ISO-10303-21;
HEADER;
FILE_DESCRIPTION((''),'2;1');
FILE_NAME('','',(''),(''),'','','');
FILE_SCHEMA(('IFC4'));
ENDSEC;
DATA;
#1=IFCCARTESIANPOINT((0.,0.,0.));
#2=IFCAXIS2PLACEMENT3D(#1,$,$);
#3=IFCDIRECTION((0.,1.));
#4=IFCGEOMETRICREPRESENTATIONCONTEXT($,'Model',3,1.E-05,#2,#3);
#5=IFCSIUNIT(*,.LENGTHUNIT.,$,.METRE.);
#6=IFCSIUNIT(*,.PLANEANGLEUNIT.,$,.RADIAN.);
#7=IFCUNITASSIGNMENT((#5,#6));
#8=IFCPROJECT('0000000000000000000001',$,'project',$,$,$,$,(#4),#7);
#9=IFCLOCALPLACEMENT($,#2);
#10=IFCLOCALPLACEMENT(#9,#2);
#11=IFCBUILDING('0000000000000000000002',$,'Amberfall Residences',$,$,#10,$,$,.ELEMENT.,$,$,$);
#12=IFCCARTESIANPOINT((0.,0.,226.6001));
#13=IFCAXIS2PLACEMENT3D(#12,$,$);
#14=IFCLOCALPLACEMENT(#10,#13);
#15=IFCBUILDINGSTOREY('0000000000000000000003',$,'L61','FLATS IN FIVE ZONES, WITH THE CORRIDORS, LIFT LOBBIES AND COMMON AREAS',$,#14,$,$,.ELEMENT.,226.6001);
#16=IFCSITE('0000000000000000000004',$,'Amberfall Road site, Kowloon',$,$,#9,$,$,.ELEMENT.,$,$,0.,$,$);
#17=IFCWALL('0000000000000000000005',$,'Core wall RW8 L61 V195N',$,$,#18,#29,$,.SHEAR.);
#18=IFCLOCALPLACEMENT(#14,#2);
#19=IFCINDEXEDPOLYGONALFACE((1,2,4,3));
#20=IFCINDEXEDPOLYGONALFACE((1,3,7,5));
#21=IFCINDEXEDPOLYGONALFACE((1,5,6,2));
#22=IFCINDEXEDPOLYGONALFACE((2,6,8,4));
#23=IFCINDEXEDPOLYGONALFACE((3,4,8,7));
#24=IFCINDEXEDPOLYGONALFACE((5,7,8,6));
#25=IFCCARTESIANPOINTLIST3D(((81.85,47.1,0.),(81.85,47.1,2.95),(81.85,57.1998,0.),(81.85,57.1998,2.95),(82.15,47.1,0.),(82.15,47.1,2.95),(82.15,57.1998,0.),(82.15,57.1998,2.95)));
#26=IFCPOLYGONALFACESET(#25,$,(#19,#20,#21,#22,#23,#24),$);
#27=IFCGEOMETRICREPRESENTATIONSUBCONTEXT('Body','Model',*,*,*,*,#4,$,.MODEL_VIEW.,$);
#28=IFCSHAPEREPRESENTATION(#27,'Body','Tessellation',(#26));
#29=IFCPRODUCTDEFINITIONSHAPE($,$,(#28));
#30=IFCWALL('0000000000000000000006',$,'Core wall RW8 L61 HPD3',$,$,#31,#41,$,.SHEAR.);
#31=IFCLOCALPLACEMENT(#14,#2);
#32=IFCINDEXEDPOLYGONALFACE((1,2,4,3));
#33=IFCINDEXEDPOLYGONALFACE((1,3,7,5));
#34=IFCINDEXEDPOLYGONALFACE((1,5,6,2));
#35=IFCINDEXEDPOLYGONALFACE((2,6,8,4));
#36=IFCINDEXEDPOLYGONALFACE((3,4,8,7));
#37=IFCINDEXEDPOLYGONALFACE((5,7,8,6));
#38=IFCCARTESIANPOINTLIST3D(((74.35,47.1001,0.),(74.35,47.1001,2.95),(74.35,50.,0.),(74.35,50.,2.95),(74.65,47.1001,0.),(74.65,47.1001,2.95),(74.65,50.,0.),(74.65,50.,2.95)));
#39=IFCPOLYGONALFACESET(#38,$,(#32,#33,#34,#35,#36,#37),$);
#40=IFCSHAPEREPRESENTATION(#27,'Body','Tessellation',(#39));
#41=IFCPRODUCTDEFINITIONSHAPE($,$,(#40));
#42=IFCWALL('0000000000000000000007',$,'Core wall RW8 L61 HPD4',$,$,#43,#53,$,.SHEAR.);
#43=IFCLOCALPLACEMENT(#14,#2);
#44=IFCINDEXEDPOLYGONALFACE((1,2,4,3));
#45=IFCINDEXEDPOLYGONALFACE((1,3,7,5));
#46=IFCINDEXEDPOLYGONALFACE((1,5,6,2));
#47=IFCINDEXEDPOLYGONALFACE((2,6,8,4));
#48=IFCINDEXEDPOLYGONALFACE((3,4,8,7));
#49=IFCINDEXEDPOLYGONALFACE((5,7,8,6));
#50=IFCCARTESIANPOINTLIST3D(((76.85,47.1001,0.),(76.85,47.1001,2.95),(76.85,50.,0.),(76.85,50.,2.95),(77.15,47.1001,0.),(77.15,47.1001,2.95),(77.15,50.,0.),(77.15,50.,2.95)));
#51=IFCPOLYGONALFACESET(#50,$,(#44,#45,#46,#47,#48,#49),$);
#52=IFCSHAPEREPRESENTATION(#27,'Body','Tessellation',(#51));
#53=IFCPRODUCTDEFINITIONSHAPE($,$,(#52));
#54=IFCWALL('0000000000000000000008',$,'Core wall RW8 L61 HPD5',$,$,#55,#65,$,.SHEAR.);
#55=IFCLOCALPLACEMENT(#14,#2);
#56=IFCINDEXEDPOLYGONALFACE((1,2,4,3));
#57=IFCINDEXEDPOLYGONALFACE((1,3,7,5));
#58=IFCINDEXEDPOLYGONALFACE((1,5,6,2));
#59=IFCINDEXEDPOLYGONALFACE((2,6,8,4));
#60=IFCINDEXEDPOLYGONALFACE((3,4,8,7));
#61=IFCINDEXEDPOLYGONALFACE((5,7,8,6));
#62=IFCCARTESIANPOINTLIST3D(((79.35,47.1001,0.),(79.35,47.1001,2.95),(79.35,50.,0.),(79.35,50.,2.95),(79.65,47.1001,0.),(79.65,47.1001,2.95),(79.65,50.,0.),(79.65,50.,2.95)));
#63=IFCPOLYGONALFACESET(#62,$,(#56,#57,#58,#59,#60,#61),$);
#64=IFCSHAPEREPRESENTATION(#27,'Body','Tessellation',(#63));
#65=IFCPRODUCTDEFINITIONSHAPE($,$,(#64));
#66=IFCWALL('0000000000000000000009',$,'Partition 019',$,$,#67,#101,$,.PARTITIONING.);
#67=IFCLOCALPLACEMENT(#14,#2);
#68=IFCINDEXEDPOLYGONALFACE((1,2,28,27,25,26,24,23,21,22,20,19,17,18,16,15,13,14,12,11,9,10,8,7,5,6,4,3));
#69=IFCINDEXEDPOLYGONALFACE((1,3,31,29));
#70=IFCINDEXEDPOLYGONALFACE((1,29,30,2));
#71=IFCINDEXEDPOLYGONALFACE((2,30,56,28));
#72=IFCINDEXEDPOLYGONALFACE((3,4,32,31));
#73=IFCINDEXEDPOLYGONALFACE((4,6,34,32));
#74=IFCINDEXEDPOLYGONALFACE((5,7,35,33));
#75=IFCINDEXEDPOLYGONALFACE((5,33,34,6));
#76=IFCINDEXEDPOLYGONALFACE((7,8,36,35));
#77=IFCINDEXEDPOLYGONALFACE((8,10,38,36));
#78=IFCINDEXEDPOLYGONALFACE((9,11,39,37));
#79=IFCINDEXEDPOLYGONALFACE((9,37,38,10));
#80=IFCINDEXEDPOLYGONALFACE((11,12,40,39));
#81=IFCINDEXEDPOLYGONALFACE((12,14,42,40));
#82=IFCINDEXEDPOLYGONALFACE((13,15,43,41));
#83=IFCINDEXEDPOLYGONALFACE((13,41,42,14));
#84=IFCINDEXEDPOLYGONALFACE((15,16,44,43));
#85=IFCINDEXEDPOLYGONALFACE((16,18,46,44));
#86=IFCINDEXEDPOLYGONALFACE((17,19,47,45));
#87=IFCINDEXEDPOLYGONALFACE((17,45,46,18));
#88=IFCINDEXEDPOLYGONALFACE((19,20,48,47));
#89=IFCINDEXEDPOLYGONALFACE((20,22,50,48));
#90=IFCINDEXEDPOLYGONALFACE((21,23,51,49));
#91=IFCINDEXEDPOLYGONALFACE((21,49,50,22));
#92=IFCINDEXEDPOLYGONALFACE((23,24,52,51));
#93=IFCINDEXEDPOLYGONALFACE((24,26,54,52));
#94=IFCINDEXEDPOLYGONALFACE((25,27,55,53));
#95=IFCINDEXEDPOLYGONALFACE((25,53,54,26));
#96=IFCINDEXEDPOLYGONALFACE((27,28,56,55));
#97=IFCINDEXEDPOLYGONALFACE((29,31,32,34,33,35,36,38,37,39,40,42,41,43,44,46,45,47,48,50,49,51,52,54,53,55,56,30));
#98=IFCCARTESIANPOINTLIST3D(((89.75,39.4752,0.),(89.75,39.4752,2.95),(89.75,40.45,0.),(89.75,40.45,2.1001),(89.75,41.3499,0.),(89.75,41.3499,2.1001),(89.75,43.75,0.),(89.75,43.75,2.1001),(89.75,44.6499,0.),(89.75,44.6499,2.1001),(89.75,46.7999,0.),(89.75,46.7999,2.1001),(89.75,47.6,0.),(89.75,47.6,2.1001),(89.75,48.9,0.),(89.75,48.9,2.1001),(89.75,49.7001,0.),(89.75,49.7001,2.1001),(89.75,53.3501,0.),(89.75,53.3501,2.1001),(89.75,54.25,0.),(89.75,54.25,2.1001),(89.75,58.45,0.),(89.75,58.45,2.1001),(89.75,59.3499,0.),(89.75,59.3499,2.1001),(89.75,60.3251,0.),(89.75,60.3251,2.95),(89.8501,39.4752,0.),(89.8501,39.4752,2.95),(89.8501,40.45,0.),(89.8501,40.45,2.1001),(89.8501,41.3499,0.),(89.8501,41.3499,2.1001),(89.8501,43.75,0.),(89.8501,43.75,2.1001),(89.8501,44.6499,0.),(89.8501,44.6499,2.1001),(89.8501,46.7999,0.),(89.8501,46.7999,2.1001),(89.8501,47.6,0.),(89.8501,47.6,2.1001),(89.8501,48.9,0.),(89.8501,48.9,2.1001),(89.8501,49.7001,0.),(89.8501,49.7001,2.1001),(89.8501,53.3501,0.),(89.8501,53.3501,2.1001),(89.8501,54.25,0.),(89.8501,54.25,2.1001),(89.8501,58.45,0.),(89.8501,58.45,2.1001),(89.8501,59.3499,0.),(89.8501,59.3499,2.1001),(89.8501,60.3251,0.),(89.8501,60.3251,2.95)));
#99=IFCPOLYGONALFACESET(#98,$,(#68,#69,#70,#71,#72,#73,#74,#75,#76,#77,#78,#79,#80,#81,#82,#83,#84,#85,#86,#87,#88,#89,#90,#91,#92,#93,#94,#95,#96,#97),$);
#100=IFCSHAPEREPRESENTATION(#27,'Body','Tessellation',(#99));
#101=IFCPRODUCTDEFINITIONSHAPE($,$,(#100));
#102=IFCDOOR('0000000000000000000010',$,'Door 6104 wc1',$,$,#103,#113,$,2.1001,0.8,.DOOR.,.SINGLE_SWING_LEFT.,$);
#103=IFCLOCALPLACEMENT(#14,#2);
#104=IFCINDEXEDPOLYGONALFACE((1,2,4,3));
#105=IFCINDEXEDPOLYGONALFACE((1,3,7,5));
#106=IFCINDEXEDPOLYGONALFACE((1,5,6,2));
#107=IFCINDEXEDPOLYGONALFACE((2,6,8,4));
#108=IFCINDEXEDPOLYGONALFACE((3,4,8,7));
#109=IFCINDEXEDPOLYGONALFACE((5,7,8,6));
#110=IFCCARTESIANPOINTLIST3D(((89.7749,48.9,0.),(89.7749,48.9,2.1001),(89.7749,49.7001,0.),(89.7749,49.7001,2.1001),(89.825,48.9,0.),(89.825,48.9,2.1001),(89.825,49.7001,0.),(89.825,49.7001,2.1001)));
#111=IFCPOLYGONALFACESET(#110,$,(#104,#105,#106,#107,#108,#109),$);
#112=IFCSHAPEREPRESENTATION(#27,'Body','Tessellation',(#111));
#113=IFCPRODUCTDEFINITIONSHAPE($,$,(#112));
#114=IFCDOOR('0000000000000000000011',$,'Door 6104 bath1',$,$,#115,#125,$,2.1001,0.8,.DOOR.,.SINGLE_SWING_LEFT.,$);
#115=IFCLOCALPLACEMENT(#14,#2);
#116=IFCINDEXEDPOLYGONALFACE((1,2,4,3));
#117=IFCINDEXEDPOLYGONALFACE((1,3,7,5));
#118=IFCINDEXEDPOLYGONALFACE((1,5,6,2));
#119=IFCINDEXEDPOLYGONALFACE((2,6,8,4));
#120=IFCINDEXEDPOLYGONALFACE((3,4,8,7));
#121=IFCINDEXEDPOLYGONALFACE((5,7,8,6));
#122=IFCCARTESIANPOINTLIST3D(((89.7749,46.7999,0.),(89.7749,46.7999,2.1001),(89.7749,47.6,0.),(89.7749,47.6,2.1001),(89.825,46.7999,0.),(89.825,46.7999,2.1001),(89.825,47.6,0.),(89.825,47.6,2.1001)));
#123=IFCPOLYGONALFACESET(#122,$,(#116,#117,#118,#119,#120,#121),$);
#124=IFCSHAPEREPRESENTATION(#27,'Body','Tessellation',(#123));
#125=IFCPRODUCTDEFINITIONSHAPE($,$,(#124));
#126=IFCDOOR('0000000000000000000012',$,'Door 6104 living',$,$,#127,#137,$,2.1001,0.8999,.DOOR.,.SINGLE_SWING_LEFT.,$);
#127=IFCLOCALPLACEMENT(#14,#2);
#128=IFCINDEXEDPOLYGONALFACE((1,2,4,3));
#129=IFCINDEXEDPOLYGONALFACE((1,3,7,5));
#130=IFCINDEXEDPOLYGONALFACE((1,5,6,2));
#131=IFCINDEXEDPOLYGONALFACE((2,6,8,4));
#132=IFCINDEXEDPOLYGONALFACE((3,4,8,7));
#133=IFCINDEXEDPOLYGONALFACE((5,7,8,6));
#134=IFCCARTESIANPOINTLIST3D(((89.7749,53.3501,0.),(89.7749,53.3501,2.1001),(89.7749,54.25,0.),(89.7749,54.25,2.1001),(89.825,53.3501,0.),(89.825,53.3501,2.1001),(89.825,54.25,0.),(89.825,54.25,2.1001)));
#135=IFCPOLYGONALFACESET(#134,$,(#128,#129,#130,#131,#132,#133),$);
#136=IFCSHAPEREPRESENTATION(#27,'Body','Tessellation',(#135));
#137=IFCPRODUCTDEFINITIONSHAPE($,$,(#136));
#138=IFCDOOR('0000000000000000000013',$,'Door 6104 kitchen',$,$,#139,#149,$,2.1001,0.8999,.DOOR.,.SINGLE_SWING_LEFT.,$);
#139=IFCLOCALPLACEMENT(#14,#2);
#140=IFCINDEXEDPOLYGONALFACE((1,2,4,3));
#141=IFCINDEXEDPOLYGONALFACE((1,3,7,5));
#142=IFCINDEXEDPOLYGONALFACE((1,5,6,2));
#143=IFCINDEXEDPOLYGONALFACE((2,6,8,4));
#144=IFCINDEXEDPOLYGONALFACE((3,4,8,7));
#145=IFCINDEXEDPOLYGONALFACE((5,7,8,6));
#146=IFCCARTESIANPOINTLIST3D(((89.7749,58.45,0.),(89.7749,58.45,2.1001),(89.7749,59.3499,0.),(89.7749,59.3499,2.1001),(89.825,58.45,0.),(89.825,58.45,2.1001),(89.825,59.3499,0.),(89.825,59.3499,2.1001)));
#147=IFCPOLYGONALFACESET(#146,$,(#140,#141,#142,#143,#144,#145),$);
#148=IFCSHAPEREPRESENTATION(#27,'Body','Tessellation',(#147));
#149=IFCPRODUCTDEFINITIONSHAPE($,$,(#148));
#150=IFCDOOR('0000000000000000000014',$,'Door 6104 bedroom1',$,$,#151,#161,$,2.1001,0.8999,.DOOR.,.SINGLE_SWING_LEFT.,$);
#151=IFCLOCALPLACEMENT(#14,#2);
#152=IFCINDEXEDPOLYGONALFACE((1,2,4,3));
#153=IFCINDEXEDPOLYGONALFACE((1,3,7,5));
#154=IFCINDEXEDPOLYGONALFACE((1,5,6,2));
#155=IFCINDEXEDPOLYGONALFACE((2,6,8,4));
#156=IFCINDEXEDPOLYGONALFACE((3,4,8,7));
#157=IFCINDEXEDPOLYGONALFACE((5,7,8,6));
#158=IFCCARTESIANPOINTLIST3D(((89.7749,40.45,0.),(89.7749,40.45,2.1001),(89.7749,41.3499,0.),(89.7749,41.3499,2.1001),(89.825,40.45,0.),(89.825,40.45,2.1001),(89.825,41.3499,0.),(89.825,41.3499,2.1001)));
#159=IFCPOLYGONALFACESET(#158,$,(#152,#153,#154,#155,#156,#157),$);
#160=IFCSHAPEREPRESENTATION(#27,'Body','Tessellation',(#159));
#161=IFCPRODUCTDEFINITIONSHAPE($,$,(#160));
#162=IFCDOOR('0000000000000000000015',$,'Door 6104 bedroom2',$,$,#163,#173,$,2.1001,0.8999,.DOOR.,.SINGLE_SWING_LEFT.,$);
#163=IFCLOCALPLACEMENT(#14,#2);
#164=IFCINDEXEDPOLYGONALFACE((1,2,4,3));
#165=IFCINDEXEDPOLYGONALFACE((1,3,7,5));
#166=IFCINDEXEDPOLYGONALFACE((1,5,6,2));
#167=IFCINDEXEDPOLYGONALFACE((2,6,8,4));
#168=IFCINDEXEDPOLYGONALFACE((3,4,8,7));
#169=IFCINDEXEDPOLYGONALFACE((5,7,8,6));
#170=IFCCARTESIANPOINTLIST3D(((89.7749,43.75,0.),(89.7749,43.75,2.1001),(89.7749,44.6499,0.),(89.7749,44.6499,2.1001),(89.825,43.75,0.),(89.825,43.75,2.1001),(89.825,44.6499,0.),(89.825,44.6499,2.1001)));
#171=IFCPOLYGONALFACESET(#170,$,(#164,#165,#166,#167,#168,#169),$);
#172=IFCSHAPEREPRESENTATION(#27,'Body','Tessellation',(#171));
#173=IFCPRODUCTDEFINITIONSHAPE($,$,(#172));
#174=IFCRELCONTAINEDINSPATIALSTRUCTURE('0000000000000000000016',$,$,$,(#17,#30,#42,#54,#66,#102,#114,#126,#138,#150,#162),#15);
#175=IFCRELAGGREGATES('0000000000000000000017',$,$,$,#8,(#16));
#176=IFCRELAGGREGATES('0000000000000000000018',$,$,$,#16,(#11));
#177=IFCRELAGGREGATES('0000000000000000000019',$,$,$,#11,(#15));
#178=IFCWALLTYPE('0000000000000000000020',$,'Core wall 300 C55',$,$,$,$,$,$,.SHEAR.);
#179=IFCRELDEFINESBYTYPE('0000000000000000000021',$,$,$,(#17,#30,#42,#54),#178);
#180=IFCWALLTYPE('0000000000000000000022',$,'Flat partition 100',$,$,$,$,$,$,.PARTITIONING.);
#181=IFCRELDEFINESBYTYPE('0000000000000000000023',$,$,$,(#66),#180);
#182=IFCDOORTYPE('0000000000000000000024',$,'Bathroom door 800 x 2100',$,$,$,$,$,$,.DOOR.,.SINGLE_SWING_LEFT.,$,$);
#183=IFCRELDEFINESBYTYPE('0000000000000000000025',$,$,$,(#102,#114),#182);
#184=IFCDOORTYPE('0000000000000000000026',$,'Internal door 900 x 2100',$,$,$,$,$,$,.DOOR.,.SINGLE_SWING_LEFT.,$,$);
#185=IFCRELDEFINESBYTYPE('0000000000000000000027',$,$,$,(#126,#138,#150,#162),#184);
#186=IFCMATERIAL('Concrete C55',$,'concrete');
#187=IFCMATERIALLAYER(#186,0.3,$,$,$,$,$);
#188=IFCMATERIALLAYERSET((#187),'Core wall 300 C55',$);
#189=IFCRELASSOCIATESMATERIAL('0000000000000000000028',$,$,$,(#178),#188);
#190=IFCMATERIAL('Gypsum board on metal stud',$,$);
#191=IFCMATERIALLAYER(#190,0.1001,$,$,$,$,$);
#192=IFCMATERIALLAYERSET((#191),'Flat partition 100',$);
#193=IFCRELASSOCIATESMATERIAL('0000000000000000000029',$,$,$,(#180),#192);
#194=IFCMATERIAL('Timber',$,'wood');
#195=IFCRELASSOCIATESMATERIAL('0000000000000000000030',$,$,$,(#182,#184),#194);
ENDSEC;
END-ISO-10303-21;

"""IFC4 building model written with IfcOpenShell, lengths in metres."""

from ifc_helpers import new_model, si_unit, direction, frame, frame_2d, origin, place, context, subcontext, project, spatial, rectangle, extrude, material, layer, layer_set, type_object, element, fill, save


model = new_model("IFC4")

# Units and contexts
model_context = context("Model", 3, precision=1e-05, world=origin(), true_north=direction((0.0, 1.0)))
body_context = subcontext(model_context, "Body", "Model", "MODEL_VIEW")
ifc_project = project(units=[si_unit("LENGTHUNIT", "METRE"), si_unit("PLANEANGLEUNIT", "RADIAN")], contexts=[model_context])

# Site, building, storey
site_placement = place(None, origin())
site = spatial("IfcSite", under=ifc_project, at=site_placement, Name="Amberfall Road site, Kowloon", CompositionType="ELEMENT", RefElevation=0.0)
building_placement = place(site_placement, origin())
building = spatial("IfcBuilding", under=site, at=building_placement, Name="Amberfall Residences", CompositionType="ELEMENT")
storey_placement = place(building_placement, frame((0.0, 0.0, 226.6001)))
storey = spatial("IfcBuildingStorey", under=building, at=storey_placement, Name="L61", Description="FLATS IN FIVE ZONES, WITH THE CORRIDORS, LIFT LOBBIES AND COMMON AREAS", CompositionType="ELEMENT", Elevation=226.6001)

# Walls
ifc_material_1 = material(Name="Concrete C55", Category="concrete")
ifc_layer_1 = layer(ifc_material_1, 0.3)
ifc_layer_set_1 = layer_set([ifc_layer_1], Name="Core wall 300 C55")
wall_type_1 = type_object("IfcWallType", Name="Core wall 300 C55", PredefinedType="SHEAR", material=ifc_layer_set_1)
wall_1_placement = place(storey_placement, frame((82.0, 47.1001, 0.0), z_axis=(0.0, 0.0, 1.0), x_axis=(0.0, 1.0, 0.0)))
element("IfcWall", 1, at=wall_1_placement, inside=storey, type_object=wall_type_1, Name="Core wall RW8 L61 V195N", PredefinedType="SHEAR", context=body_context, shape_type="SweptSolid", body=[
    extrude(rectangle(XDim=10.0999, YDim=0.3, at=frame_2d((5.0498, 0.0))), origin(), (0.0, 0.0, 1.0), 2.95),
])
for number, where, z_axis, x_axis, name in (
    (2, (74.5, 47.1001, 0.0), (0.0, 0.0, 1.0), (0.0, 1.0, 0.0), "Core wall RW8 L61 HPD3"),
    (3, (77.0, 47.1001, 0.0), (0.0, 0.0, 1.0), (0.0, 1.0, 0.0), "Core wall RW8 L61 HPD4"),
    (4, (79.5, 47.1001, 0.0), (0.0, 0.0, 1.0), (0.0, 1.0, 0.0), "Core wall RW8 L61 HPD5"),
):
    element("IfcWall", number, at=place(storey_placement, frame(where, z_axis=z_axis, x_axis=x_axis)), inside=storey, type_object=wall_type_1, Name=name, PredefinedType="SHEAR", context=body_context, shape_type="SweptSolid", body=[
        extrude(rectangle(XDim=2.8999, YDim=0.3, at=frame_2d((1.45, 0.0))), origin(), (0.0, 0.0, 1.0), 2.95),
    ])

# Wall, openings, doors
ifc_material_2 = material(Name="Gypsum board on metal stud")
ifc_layer_2 = layer(ifc_material_2, 0.1001)
ifc_layer_set_2 = layer_set([ifc_layer_2], Name="Flat partition 100")
wall_type_2 = type_object("IfcWallType", Name="Flat partition 100", PredefinedType="PARTITIONING", material=ifc_layer_set_2)
wall_2_placement = place(storey_placement, frame((89.8, 60.325, 0.0), z_axis=(0.0, 0.0, 1.0), x_axis=(0.0, -1.0, 0.0)))
wall_2 = element("IfcWall", 5, at=wall_2_placement, inside=storey, type_object=wall_type_2, Name="Partition 019", PredefinedType="PARTITIONING", context=body_context, shape_type="SweptSolid", body=[
    extrude(rectangle(XDim=20.8499, YDim=0.1001, at=frame_2d((10.4248, 0.0))), origin(), (0.0, 0.0, 1.0), 2.95),
])
opening_1_placement = place(wall_2_placement, frame((6.075, 0.0, 0.0)))
opening_1 = element("IfcOpeningElement", 6, at=opening_1_placement, cuts=wall_2, PredefinedType="OPENING", context=body_context, shape_type="SweptSolid", body=[
    extrude(rectangle(XDim=0.8999, YDim=2.1001, at=frame_2d((0.45, 1.05))), frame((0.0, 0.0601, 0.0), z_axis=(0.0, -1.0, 0.0), x_axis=(1.0, 0.0, 0.0)), (0.0, 0.0, 1.0), 0.1201),
])
opening_2_placement = place(wall_2_placement, frame((0.9751, 0.0, 0.0)))
opening_2 = element("IfcOpeningElement", 7, at=opening_2_placement, cuts=wall_2, PredefinedType="OPENING", context=body_context, shape_type="SweptSolid", body=[
    extrude(rectangle(XDim=0.8999, YDim=2.1001, at=frame_2d((0.45, 1.05))), frame((0.0, 0.0601, 0.0), z_axis=(0.0, -1.0, 0.0), x_axis=(1.0, 0.0, 0.0)), (0.0, 0.0, 1.0), 0.1201),
])
opening_3_placement = place(wall_2_placement, frame((10.625, 0.0, 0.0)))
opening_3 = element("IfcOpeningElement", 8, at=opening_3_placement, cuts=wall_2, PredefinedType="OPENING", context=body_context, shape_type="SweptSolid", body=[
    extrude(rectangle(XDim=0.8, YDim=2.1001, at=frame_2d((0.3999, 1.05))), frame((0.0, 0.0601, 0.0), z_axis=(0.0, -1.0, 0.0), x_axis=(1.0, 0.0, 0.0)), (0.0, 0.0, 1.0), 0.1201),
])
opening_4_placement = place(wall_2_placement, frame((18.9751, 0.0, 0.0)))
opening_4 = element("IfcOpeningElement", 9, at=opening_4_placement, cuts=wall_2, PredefinedType="OPENING", context=body_context, shape_type="SweptSolid", body=[
    extrude(rectangle(XDim=0.8999, YDim=2.1001, at=frame_2d((0.45, 1.05))), frame((0.0, 0.0601, 0.0), z_axis=(0.0, -1.0, 0.0), x_axis=(1.0, 0.0, 0.0)), (0.0, 0.0, 1.0), 0.1201),
])
opening_5_placement = place(wall_2_placement, frame((15.675, 0.0, 0.0)))
opening_5 = element("IfcOpeningElement", 10, at=opening_5_placement, cuts=wall_2, PredefinedType="OPENING", context=body_context, shape_type="SweptSolid", body=[
    extrude(rectangle(XDim=0.8999, YDim=2.1001, at=frame_2d((0.45, 1.05))), frame((0.0, 0.0601, 0.0), z_axis=(0.0, -1.0, 0.0), x_axis=(1.0, 0.0, 0.0)), (0.0, 0.0, 1.0), 0.1201),
])
opening_6_placement = place(wall_2_placement, frame((12.7251, 0.0, 0.0)))
opening_6 = element("IfcOpeningElement", 11, at=opening_6_placement, cuts=wall_2, PredefinedType="OPENING", context=body_context, shape_type="SweptSolid", body=[
    extrude(rectangle(XDim=0.8, YDim=2.1001, at=frame_2d((0.3999, 1.05))), frame((0.0, 0.0601, 0.0), z_axis=(0.0, -1.0, 0.0), x_axis=(1.0, 0.0, 0.0)), (0.0, 0.0, 1.0), 0.1201),
])
ifc_material_3 = material(Name="Timber", Category="wood")
door_type_1 = type_object("IfcDoorType", Name="Bathroom door 800 x 2100", OperationType="SINGLE_SWING_LEFT", PredefinedType="DOOR", material=ifc_material_3)
door_1_placement = place(opening_3_placement, origin())
door_1 = element("IfcDoor", 12, at=door_1_placement, inside=storey, type_object=door_type_1, Name="Door 6104 wc1", OperationType="SINGLE_SWING_LEFT", OverallHeight=2.1001, OverallWidth=0.8, PredefinedType="DOOR", context=body_context, shape_type="SweptSolid", body=[
    extrude(rectangle(XDim=0.8, YDim=2.1001, at=frame_2d((0.3999, 1.05))), frame((0.0, 0.0249, 0.0), z_axis=(0.0, -1.0, 0.0), x_axis=(1.0, 0.0, 0.0)), (0.0, 0.0, 1.0), 0.05),
])
fill(opening_3, door_1)
door_2_placement = place(opening_6_placement, origin())
door_2 = element("IfcDoor", 13, at=door_2_placement, inside=storey, type_object=door_type_1, Name="Door 6104 bath1", OperationType="SINGLE_SWING_LEFT", OverallHeight=2.1001, OverallWidth=0.8, PredefinedType="DOOR", context=body_context, shape_type="SweptSolid", body=[
    extrude(rectangle(XDim=0.8, YDim=2.1001, at=frame_2d((0.3999, 1.05))), frame((0.0, 0.0249, 0.0), z_axis=(0.0, -1.0, 0.0), x_axis=(1.0, 0.0, 0.0)), (0.0, 0.0, 1.0), 0.05),
])
fill(opening_6, door_2)
door_type_2 = type_object("IfcDoorType", Name="Internal door 900 x 2100", OperationType="SINGLE_SWING_LEFT", PredefinedType="DOOR", material=ifc_material_3)
door_3_placement = place(opening_1_placement, origin())
door_3 = element("IfcDoor", 14, at=door_3_placement, inside=storey, type_object=door_type_2, Name="Door 6104 living", OperationType="SINGLE_SWING_LEFT", OverallHeight=2.1001, OverallWidth=0.8999, PredefinedType="DOOR", context=body_context, shape_type="SweptSolid", body=[
    extrude(rectangle(XDim=0.8999, YDim=2.1001, at=frame_2d((0.45, 1.05))), frame((0.0, 0.0249, 0.0), z_axis=(0.0, -1.0, 0.0), x_axis=(1.0, 0.0, 0.0)), (0.0, 0.0, 1.0), 0.05),
])
fill(opening_1, door_3)
door_4_placement = place(opening_2_placement, origin())
door_4 = element("IfcDoor", 15, at=door_4_placement, inside=storey, type_object=door_type_2, Name="Door 6104 kitchen", OperationType="SINGLE_SWING_LEFT", OverallHeight=2.1001, OverallWidth=0.8999, PredefinedType="DOOR", context=body_context, shape_type="SweptSolid", body=[
    extrude(rectangle(XDim=0.8999, YDim=2.1001, at=frame_2d((0.45, 1.05))), frame((0.0, 0.0249, 0.0), z_axis=(0.0, -1.0, 0.0), x_axis=(1.0, 0.0, 0.0)), (0.0, 0.0, 1.0), 0.05),
])
fill(opening_2, door_4)
door_5_placement = place(opening_4_placement, origin())
door_5 = element("IfcDoor", 16, at=door_5_placement, inside=storey, type_object=door_type_2, Name="Door 6104 bedroom1", OperationType="SINGLE_SWING_LEFT", OverallHeight=2.1001, OverallWidth=0.8999, PredefinedType="DOOR", context=body_context, shape_type="SweptSolid", body=[
    extrude(rectangle(XDim=0.8999, YDim=2.1001, at=frame_2d((0.45, 1.05))), frame((0.0, 0.0249, 0.0), z_axis=(0.0, -1.0, 0.0), x_axis=(1.0, 0.0, 0.0)), (0.0, 0.0, 1.0), 0.05),
])
fill(opening_4, door_5)
door_6_placement = place(opening_5_placement, origin())
door_6 = element("IfcDoor", 17, at=door_6_placement, inside=storey, type_object=door_type_2, Name="Door 6104 bedroom2", OperationType="SINGLE_SWING_LEFT", OverallHeight=2.1001, OverallWidth=0.8999, PredefinedType="DOOR", context=body_context, shape_type="SweptSolid", body=[
    extrude(rectangle(XDim=0.8999, YDim=2.1001, at=frame_2d((0.45, 1.05))), frame((0.0, 0.0249, 0.0), z_axis=(0.0, -1.0, 0.0), x_axis=(1.0, 0.0, 0.0)), (0.0, 0.0, 1.0), 0.05),
])
fill(opening_5, door_6)

save(model, "model.ifc")
